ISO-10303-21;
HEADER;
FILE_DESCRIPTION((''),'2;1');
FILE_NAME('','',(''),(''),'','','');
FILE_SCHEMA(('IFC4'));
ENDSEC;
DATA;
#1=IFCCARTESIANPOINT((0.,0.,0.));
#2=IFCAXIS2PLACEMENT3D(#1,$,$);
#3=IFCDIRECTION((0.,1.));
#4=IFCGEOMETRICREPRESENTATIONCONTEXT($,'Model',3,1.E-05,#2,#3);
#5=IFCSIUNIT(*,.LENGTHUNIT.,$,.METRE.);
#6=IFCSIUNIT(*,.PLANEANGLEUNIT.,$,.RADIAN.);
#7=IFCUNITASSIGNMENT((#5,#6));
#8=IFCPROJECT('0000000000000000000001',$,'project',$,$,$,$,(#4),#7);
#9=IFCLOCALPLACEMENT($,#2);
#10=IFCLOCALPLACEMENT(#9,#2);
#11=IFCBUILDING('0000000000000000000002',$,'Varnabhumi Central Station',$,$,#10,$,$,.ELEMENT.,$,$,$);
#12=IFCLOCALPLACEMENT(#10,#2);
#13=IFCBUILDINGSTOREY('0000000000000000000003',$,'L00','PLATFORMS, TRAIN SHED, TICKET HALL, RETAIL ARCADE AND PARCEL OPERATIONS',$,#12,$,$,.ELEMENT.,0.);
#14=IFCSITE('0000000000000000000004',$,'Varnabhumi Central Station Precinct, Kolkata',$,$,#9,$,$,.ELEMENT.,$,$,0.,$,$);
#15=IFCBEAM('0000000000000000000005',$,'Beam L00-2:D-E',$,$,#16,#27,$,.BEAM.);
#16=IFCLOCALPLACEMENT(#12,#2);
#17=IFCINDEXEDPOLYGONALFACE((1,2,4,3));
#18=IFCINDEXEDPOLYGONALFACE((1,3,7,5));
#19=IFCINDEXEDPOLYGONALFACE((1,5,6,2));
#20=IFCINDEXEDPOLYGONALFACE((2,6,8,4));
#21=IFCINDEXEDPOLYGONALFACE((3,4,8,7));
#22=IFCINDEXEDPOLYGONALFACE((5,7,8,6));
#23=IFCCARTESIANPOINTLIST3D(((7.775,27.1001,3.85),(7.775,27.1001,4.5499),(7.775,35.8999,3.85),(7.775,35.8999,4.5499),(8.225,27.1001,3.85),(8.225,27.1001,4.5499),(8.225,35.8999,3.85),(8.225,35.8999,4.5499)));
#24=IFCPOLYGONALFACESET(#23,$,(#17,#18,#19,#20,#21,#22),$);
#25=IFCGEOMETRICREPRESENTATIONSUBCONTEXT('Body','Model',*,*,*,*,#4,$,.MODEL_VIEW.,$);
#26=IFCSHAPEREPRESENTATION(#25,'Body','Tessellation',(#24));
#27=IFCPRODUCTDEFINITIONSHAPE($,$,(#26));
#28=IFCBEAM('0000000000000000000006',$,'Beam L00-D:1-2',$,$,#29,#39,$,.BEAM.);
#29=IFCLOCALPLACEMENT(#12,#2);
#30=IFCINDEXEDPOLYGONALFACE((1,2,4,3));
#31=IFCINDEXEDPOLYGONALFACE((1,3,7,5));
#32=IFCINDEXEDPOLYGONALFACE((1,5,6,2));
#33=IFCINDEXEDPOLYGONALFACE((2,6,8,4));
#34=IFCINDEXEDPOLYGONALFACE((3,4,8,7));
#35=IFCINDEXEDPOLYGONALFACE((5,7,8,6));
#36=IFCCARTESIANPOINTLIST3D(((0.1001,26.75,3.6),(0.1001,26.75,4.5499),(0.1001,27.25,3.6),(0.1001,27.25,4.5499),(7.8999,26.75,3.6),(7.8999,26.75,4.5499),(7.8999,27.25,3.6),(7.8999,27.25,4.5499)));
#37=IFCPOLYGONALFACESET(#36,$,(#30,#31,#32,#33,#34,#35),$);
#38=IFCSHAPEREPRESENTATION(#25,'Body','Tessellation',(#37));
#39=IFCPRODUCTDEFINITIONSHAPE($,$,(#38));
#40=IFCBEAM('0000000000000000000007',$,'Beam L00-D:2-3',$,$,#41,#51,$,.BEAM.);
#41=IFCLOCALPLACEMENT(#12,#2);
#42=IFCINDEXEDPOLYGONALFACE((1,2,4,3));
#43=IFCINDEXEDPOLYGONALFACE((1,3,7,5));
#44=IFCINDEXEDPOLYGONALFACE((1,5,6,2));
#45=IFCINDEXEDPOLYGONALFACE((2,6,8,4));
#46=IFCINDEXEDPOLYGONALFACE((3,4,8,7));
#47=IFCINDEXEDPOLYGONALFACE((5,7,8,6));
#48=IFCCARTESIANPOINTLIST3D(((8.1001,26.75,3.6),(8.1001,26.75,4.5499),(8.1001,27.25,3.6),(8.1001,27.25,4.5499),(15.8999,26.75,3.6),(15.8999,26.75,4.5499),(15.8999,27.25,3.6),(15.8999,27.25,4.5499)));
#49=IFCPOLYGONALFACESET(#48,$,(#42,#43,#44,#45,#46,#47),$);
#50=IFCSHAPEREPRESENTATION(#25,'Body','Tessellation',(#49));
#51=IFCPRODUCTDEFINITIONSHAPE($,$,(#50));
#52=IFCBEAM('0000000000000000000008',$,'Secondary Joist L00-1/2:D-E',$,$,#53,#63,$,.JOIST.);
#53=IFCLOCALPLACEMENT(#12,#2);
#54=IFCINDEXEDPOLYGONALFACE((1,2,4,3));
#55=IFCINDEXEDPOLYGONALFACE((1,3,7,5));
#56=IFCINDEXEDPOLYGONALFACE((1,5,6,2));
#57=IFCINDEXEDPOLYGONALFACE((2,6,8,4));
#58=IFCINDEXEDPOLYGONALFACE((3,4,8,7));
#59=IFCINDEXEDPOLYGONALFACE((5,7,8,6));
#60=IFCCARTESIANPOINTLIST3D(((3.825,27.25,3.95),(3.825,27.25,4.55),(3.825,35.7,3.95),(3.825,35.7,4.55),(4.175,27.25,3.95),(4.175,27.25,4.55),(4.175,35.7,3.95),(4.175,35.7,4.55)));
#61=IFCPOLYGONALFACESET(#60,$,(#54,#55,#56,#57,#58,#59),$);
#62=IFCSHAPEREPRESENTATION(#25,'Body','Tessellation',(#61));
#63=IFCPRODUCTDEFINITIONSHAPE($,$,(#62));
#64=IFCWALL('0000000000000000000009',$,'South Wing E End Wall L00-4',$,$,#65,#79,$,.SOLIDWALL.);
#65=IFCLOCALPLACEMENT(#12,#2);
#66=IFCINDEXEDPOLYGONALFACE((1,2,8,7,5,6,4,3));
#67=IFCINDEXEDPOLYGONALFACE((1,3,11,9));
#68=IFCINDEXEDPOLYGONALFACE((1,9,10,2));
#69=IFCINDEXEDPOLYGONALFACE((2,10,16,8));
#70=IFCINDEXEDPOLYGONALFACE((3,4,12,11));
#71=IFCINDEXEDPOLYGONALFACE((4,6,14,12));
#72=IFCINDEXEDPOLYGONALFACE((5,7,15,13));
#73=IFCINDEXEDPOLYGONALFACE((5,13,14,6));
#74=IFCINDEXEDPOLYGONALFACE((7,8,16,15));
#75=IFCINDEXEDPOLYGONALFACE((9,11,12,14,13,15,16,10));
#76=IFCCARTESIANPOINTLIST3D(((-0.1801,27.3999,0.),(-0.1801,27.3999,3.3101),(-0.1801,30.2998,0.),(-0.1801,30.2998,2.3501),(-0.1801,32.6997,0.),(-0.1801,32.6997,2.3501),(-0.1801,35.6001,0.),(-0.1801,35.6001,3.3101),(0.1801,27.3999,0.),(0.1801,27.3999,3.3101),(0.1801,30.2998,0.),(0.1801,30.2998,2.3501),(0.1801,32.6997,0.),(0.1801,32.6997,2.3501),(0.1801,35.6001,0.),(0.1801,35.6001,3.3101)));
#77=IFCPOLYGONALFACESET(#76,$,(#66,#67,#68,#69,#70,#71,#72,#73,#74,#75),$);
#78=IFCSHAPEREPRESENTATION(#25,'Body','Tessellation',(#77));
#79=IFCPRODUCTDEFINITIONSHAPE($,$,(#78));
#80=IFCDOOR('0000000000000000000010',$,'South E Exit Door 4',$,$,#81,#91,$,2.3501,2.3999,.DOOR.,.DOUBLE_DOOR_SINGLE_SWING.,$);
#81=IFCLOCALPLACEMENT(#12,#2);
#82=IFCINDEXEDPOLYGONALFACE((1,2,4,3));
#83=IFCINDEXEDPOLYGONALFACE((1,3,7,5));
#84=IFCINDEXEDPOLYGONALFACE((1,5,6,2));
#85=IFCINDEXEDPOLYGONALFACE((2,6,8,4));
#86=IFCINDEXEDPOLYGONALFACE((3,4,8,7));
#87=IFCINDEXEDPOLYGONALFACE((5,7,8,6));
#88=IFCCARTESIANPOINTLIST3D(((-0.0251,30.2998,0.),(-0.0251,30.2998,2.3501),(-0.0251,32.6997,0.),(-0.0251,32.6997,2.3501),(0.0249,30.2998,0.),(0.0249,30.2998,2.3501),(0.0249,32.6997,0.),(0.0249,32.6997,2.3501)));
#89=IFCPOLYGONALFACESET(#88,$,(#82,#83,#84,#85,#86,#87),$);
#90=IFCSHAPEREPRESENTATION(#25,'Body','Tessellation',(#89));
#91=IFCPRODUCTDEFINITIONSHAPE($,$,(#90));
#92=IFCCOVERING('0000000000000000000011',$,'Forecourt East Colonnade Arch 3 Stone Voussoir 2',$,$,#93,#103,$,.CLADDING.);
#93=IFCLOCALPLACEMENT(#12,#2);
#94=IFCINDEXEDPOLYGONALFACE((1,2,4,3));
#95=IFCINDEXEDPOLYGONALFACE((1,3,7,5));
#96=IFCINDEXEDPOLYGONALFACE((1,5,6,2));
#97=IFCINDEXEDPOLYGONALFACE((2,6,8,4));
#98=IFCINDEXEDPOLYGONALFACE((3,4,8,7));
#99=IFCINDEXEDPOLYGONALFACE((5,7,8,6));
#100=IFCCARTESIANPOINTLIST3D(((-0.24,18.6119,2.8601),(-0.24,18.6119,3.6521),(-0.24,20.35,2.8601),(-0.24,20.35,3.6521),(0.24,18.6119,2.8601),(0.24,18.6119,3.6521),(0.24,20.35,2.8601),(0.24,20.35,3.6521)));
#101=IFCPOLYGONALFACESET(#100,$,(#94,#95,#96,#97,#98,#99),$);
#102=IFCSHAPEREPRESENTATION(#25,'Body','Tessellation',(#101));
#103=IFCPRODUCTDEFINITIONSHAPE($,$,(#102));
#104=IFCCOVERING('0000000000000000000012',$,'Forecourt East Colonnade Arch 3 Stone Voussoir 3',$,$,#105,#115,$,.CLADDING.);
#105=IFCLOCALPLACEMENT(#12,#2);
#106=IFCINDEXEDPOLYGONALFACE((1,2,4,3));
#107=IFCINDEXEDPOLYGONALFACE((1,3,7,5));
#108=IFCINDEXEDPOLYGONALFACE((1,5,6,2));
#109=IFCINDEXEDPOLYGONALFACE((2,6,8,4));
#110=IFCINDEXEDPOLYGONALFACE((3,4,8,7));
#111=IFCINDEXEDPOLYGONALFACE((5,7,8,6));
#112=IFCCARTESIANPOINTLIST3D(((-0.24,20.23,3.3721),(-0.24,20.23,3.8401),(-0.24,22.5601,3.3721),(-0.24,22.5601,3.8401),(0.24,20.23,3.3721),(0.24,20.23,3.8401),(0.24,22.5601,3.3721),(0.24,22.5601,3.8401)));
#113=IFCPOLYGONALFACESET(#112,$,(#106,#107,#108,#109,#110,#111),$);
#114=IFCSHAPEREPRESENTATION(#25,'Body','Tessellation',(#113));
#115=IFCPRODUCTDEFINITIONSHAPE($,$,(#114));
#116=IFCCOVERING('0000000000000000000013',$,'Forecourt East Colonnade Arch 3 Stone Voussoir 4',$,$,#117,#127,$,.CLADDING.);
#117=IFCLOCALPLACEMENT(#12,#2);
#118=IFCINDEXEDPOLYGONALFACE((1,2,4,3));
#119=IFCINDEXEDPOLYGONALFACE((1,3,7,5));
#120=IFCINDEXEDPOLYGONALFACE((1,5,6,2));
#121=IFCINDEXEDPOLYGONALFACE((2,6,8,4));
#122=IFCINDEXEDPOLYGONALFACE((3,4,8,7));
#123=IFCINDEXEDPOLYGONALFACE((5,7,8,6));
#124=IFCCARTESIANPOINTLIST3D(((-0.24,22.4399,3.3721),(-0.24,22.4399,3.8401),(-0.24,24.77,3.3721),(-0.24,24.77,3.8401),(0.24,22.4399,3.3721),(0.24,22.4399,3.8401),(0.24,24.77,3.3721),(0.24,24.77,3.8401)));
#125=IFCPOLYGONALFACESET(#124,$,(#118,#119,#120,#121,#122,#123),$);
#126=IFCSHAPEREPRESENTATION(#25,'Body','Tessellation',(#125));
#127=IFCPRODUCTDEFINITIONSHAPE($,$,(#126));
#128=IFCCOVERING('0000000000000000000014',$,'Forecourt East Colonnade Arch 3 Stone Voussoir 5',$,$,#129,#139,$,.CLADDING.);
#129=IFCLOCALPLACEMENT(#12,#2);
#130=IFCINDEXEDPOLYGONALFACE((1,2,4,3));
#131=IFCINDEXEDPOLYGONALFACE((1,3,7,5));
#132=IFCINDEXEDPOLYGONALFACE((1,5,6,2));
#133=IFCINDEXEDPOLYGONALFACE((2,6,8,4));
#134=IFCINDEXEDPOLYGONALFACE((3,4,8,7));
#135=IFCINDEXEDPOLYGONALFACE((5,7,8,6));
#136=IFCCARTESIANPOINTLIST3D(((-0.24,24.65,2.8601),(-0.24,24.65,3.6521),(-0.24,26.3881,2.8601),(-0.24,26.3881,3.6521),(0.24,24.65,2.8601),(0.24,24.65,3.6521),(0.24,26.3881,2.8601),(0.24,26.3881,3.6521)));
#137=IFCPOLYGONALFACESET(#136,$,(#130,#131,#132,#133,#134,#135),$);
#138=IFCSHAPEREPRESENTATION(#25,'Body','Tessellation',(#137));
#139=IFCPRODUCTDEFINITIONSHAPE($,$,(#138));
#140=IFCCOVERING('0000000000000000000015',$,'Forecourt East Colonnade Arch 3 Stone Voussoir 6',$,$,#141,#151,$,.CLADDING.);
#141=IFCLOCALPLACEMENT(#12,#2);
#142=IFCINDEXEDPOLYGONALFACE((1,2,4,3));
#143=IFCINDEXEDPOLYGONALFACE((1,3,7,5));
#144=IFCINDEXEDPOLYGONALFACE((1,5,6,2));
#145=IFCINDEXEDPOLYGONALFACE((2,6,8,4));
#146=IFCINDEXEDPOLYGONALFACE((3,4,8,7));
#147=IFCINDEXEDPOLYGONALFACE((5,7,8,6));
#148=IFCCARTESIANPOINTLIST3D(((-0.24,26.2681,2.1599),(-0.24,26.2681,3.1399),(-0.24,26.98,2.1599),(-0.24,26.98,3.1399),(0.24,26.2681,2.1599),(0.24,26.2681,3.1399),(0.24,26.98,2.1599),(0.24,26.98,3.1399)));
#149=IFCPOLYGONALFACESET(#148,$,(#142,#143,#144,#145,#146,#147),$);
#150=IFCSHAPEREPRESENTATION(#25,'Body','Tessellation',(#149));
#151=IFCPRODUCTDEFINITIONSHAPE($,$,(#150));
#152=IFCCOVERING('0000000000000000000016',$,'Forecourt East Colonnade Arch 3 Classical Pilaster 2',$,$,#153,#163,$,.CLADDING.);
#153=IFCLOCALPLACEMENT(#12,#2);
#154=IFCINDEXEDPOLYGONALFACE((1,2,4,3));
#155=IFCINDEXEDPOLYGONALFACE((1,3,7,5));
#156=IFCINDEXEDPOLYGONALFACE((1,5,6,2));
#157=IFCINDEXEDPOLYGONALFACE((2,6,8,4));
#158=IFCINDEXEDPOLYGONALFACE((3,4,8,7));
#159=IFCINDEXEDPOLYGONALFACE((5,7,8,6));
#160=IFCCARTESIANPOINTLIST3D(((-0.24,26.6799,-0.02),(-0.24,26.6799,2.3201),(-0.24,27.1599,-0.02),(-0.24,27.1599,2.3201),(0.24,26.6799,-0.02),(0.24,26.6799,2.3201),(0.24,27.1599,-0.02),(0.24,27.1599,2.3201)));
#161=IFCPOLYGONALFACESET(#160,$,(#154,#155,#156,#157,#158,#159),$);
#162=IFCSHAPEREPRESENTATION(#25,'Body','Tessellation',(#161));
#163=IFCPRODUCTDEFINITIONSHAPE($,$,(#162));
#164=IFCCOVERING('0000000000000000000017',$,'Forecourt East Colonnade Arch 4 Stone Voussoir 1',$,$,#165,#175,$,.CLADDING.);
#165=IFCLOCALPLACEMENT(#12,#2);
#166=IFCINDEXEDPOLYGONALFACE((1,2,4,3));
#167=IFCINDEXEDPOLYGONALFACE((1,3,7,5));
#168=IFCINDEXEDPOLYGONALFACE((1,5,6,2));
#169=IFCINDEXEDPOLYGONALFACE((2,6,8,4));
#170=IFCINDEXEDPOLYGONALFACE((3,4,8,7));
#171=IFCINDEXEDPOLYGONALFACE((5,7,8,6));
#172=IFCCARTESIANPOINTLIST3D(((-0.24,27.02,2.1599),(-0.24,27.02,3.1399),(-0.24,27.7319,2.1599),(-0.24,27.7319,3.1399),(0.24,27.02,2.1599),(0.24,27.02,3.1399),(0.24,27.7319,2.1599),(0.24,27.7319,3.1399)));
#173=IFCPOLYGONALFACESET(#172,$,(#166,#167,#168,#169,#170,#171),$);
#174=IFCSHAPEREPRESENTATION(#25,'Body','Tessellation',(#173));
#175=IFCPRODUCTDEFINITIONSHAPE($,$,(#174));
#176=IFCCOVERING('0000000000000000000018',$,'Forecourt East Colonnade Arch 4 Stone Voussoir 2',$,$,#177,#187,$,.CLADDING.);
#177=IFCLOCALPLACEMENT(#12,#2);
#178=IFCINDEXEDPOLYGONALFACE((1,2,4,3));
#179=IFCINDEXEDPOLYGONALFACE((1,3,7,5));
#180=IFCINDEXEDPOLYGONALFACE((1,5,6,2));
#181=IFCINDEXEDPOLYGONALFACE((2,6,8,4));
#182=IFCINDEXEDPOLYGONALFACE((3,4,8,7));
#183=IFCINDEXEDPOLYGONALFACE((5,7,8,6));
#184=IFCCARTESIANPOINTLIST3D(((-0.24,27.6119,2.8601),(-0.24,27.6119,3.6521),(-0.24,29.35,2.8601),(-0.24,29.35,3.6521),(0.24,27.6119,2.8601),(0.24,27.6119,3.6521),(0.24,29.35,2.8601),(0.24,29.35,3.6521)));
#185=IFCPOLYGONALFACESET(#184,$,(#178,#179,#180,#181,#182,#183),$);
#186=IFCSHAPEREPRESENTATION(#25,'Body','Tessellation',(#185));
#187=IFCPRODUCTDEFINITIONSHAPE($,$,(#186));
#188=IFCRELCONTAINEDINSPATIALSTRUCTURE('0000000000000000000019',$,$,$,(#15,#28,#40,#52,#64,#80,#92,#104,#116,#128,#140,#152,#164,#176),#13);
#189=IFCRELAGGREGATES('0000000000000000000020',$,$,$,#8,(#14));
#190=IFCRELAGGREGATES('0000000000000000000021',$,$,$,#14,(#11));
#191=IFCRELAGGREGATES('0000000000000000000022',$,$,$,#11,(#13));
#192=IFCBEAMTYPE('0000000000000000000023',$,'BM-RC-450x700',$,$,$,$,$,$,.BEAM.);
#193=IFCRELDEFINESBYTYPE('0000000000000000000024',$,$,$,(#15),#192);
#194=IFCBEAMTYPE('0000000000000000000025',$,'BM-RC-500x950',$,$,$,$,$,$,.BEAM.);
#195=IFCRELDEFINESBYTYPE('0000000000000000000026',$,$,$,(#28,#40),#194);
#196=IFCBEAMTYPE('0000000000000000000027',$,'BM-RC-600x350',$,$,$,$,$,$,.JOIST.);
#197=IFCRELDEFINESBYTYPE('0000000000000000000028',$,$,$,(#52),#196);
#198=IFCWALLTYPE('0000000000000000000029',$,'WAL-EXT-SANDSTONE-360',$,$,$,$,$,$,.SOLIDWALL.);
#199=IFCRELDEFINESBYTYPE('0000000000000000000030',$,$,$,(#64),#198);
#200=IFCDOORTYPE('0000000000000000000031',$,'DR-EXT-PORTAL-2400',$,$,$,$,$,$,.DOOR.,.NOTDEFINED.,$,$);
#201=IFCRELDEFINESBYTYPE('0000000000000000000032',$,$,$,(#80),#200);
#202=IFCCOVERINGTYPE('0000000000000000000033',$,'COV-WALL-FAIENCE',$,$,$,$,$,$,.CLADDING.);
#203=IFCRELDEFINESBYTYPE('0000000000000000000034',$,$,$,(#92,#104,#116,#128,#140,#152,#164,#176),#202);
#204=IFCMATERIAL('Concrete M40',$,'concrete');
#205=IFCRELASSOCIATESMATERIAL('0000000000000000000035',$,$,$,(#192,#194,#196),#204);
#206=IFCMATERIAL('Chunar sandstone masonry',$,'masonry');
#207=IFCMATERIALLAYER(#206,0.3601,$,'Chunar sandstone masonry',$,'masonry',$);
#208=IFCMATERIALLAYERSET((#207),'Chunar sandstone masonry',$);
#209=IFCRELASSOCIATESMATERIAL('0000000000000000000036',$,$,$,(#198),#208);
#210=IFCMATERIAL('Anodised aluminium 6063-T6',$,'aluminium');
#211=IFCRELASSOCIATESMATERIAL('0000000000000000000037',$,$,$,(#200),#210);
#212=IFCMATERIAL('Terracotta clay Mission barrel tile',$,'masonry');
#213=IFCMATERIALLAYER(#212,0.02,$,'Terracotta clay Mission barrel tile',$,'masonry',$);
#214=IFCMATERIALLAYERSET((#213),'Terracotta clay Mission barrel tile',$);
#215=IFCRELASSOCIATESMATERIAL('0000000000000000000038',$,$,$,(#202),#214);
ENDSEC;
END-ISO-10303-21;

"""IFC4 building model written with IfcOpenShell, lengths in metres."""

from ifc_helpers import new_model, si_unit, direction, frame, frame_2d, origin, origin_2d, place, context, subcontext, project, spatial, rectangle, extrude, material, layer, layer_set, material_profile, profile_set, type_object, element, fill, save


model = new_model("IFC4")

# Units and contexts
model_context = context("Model", 3, precision=1e-05, world=origin(), true_north=direction((0.0, 1.0)))
body_context = subcontext(model_context, "Body", "Model", "MODEL_VIEW")
ifc_project = project(units=[si_unit("LENGTHUNIT", "METRE"), si_unit("PLANEANGLEUNIT", "RADIAN")], contexts=[model_context])

# Site, building, storey
site_placement = place(None, origin())
site = spatial("IfcSite", under=ifc_project, at=site_placement, Name="Varnabhumi Central Station Precinct, Kolkata", CompositionType="ELEMENT", RefElevation=0.0)
building_placement = place(site_placement, origin())
building = spatial("IfcBuilding", under=site, at=building_placement, Name="Varnabhumi Central Station", CompositionType="ELEMENT")
storey_placement = place(building_placement, origin())
storey = spatial("IfcBuildingStorey", under=building, at=storey_placement, Name="L00", Description="PLATFORMS, TRAIN SHED, TICKET HALL, RETAIL ARCADE AND PARCEL OPERATIONS", CompositionType="ELEMENT", Elevation=0.0)

# Shared definitions
ifc_material_1 = material(Name="Concrete M40", Category="concrete")

# Beams
ifc_material_profile_1 = material_profile(ifc_material_1, rectangle(XDim=0.45, YDim=0.7, at=origin_2d()), Name="Concrete M40", Category="concrete")
ifc_profile_set_1 = profile_set([ifc_material_profile_1], Name="Concrete M40")
beam_type_1 = type_object("IfcBeamType", Name="BM-RC-450x700", PredefinedType="BEAM", material=ifc_profile_set_1)
beam_1_placement = place(storey_placement, frame((8.0, 27.1001, 4.2), z_axis=(0.0, 1.0, 0.0), x_axis=(-1.0, 0.0, 0.0)))
element("IfcBeam", 1, at=beam_1_placement, inside=storey, type_object=beam_type_1, Name="Beam L00-2:D-E", PredefinedType="BEAM", context=body_context, shape_type="SweptSolid", body=[
    extrude(rectangle(XDim=0.45, YDim=0.7, at=origin_2d()), origin(), (0.0, 0.0, 1.0), 8.7998),
])
ifc_material_profile_2 = material_profile(ifc_material_1, rectangle(XDim=0.5, YDim=0.95, at=origin_2d()), Name="Concrete M40", Category="concrete")
ifc_profile_set_2 = profile_set([ifc_material_profile_2], Name="Concrete M40")
beam_type_2 = type_object("IfcBeamType", Name="BM-RC-500x950", PredefinedType="BEAM", material=ifc_profile_set_2)
for number, where, z_axis, x_axis, name in (
    (2, (0.1001, 27.0, 4.075), (1.0, 0.0, 0.0), (0.0, 1.0, 0.0), "Beam L00-D:1-2"),
    (3, (8.1001, 27.0, 4.075), (1.0, 0.0, 0.0), (0.0, 1.0, 0.0), "Beam L00-D:2-3"),
):
    element("IfcBeam", number, at=place(storey_placement, frame(where, z_axis=z_axis, x_axis=x_axis)), inside=storey, type_object=beam_type_2, Name=name, PredefinedType="BEAM", context=body_context, shape_type="SweptSolid", body=[
        extrude(rectangle(XDim=0.5, YDim=0.95, at=origin_2d()), origin(), (0.0, 0.0, 1.0), 7.7998),
    ])
ifc_material_profile_3 = material_profile(ifc_material_1, rectangle(XDim=0.3501, YDim=0.6001, at=origin_2d()), Name="Concrete M40", Category="concrete")
ifc_profile_set_3 = profile_set([ifc_material_profile_3], Name="Concrete M40")
beam_type_3 = type_object("IfcBeamType", Name="BM-RC-600x350", PredefinedType="JOIST", material=ifc_profile_set_3)
beam_2_placement = place(storey_placement, frame((4.0, 27.25, 4.25), z_axis=(0.0, 1.0, 0.0), x_axis=(-1.0, 0.0, 0.0)))
element("IfcBeam", 4, at=beam_2_placement, inside=storey, type_object=beam_type_3, Name="Secondary Joist L00-1/2:D-E", PredefinedType="JOIST", context=body_context, shape_type="SweptSolid", body=[
    extrude(rectangle(XDim=0.3501, YDim=0.6001, at=origin_2d()), origin(), (0.0, 0.0, 1.0), 8.45),
])

# Wall, opening, door
ifc_material_2 = material(Name="Chunar sandstone masonry", Category="masonry")
ifc_layer_1 = layer(ifc_material_2, 0.3601, Name="Chunar sandstone masonry", Category="masonry")
ifc_layer_set_1 = layer_set([ifc_layer_1], Name="Chunar sandstone masonry")
wall_type = type_object("IfcWallType", Name="WAL-EXT-SANDSTONE-360", PredefinedType="SOLIDWALL", material=ifc_layer_set_1)
wall_placement = place(storey_placement, frame((0.0, 27.3999, 0.0), z_axis=(0.0, 0.0, 1.0), x_axis=(0.0, 1.0, 0.0)))
wall = element("IfcWall", 5, at=wall_placement, inside=storey, type_object=wall_type, Name="South Wing E End Wall L00-4", PredefinedType="SOLIDWALL", context=body_context, shape_type="SweptSolid", body=[
    extrude(rectangle(XDim=8.2002, YDim=0.3601, at=frame_2d((4.1001, 0.0))), origin(), (0.0, 0.0, 1.0), 3.3101),
])
opening_placement = place(wall_placement, frame((2.8999, 0.0, 0.0)))
opening = element("IfcOpeningElement", 6, at=opening_placement, cuts=wall, PredefinedType="OPENING", context=body_context, shape_type="SweptSolid", body=[
    extrude(rectangle(XDim=2.3999, YDim=2.3501, at=frame_2d((1.2, 1.175))), frame((0.0, 0.1899, 0.0), z_axis=(0.0, -1.0, 0.0), x_axis=(1.0, 0.0, 0.0)), (0.0, 0.0, 1.0), 0.3801),
])
ifc_material_3 = material(Name="Anodised aluminium 6063-T6", Category="aluminium")
door_type = type_object("IfcDoorType", Name="DR-EXT-PORTAL-2400", OperationType="NOTDEFINED", PredefinedType="DOOR", material=ifc_material_3)
door_placement = place(opening_placement, frame((2.3999, 0.0, 0.0), z_axis=(0.0, 0.0, 1.0), x_axis=(-1.0, 0.0, 0.0)))
door = element("IfcDoor", 7, at=door_placement, inside=storey, type_object=door_type, Name="South E Exit Door 4", OperationType="DOUBLE_DOOR_SINGLE_SWING", OverallHeight=2.3501, OverallWidth=2.3999, PredefinedType="DOOR", context=body_context, shape_type="SweptSolid", body=[
    extrude(rectangle(XDim=2.3999, YDim=2.3501, at=frame_2d((1.2, 1.175))), frame((0.0, 0.0249, 0.0), z_axis=(0.0, -1.0, 0.0), x_axis=(1.0, 0.0, 0.0)), (0.0, 0.0, 1.0), 0.05),
])
fill(opening, door)

# Coverings
ifc_material_4 = material(Name="Terracotta clay Mission barrel tile", Category="masonry")
ifc_layer_2 = layer(ifc_material_4, 0.02, Name="Terracotta clay Mission barrel tile", Category="masonry")
ifc_layer_set_2 = layer_set([ifc_layer_2], Name="Terracotta clay Mission barrel tile")
covering_type = type_object("IfcCoveringType", Name="COV-WALL-FAIENCE", PredefinedType="CLADDING", material=ifc_layer_set_2)
covering_1_placement = place(storey_placement, frame((0.0, 19.481, 2.8601), z_axis=(0.0, 0.0, 1.0), x_axis=(0.0, 1.0, 0.0)))
element("IfcCovering", 8, at=covering_1_placement, inside=storey, type_object=covering_type, Name="Forecourt East Colonnade Arch 3 Stone Voussoir 2", PredefinedType="CLADDING", context=body_context, shape_type="SweptSolid", body=[
    extrude(rectangle(XDim=1.738, YDim=0.48, at=origin_2d()), origin(), (0.0, 0.0, 1.0), 0.792),
])
for number, where, z_axis, x_axis, name in (
    (9, (0.0, 21.395, 3.3721), (0.0, 0.0, 1.0), (0.0, 1.0, 0.0), "Forecourt East Colonnade Arch 3 Stone Voussoir 3"),
    (10, (0.0, 23.605, 3.3721), (0.0, 0.0, 1.0), (0.0, 1.0, 0.0), "Forecourt East Colonnade Arch 3 Stone Voussoir 4"),
):
    element("IfcCovering", number, at=place(storey_placement, frame(where, z_axis=z_axis, x_axis=x_axis)), inside=storey, type_object=covering_type, Name=name, PredefinedType="CLADDING", context=body_context, shape_type="SweptSolid", body=[
        extrude(rectangle(XDim=2.3301, YDim=0.48, at=origin_2d()), origin(), (0.0, 0.0, 1.0), 0.468),
    ])
covering_2_placement = place(storey_placement, frame((0.0, 25.519, 2.8601), z_axis=(0.0, 0.0, 1.0), x_axis=(0.0, 1.0, 0.0)))
element("IfcCovering", 11, at=covering_2_placement, inside=storey, type_object=covering_type, Name="Forecourt East Colonnade Arch 3 Stone Voussoir 5", PredefinedType="CLADDING", context=body_context, shape_type="SweptSolid", body=[
    extrude(rectangle(XDim=1.738, YDim=0.48, at=origin_2d()), origin(), (0.0, 0.0, 1.0), 0.792),
])
covering_3_placement = place(storey_placement, frame((0.0, 26.624, 2.1599), z_axis=(0.0, 0.0, 1.0), x_axis=(0.0, 1.0, 0.0)))
element("IfcCovering", 12, at=covering_3_placement, inside=storey, type_object=covering_type, Name="Forecourt East Colonnade Arch 3 Stone Voussoir 6", PredefinedType="CLADDING", context=body_context, shape_type="SweptSolid", body=[
    extrude(rectangle(XDim=0.7119, YDim=0.48, at=origin_2d()), origin(), (0.0, 0.0, 1.0), 0.98),
])
covering_4_placement = place(storey_placement, frame((0.0, 26.9199, -0.02), z_axis=(0.0, 0.0, 1.0), x_axis=(1.0, 0.0, 0.0)))
element("IfcCovering", 13, at=covering_4_placement, inside=storey, type_object=covering_type, Name="Forecourt East Colonnade Arch 3 Classical Pilaster 2", PredefinedType="CLADDING", context=body_context, shape_type="SweptSolid", body=[
    extrude(rectangle(XDim=0.48, YDim=0.48, at=origin_2d()), origin(), (0.0, 0.0, 1.0), 2.3401),
])
covering_5_placement = place(storey_placement, frame((0.0, 27.376, 2.1599), z_axis=(0.0, 0.0, 1.0), x_axis=(0.0, 1.0, 0.0)))
element("IfcCovering", 14, at=covering_5_placement, inside=storey, type_object=covering_type, Name="Forecourt East Colonnade Arch 4 Stone Voussoir 1", PredefinedType="CLADDING", context=body_context, shape_type="SweptSolid", body=[
    extrude(rectangle(XDim=0.7119, YDim=0.48, at=origin_2d()), origin(), (0.0, 0.0, 1.0), 0.98),
])
covering_6_placement = place(storey_placement, frame((0.0, 28.481, 2.8601), z_axis=(0.0, 0.0, 1.0), x_axis=(0.0, 1.0, 0.0)))
element("IfcCovering", 15, at=covering_6_placement, inside=storey, type_object=covering_type, Name="Forecourt East Colonnade Arch 4 Stone Voussoir 2", PredefinedType="CLADDING", context=body_context, shape_type="SweptSolid", body=[
    extrude(rectangle(XDim=1.738, YDim=0.48, at=origin_2d()), origin(), (0.0, 0.0, 1.0), 0.792),
])

save(model, "model.ifc")
